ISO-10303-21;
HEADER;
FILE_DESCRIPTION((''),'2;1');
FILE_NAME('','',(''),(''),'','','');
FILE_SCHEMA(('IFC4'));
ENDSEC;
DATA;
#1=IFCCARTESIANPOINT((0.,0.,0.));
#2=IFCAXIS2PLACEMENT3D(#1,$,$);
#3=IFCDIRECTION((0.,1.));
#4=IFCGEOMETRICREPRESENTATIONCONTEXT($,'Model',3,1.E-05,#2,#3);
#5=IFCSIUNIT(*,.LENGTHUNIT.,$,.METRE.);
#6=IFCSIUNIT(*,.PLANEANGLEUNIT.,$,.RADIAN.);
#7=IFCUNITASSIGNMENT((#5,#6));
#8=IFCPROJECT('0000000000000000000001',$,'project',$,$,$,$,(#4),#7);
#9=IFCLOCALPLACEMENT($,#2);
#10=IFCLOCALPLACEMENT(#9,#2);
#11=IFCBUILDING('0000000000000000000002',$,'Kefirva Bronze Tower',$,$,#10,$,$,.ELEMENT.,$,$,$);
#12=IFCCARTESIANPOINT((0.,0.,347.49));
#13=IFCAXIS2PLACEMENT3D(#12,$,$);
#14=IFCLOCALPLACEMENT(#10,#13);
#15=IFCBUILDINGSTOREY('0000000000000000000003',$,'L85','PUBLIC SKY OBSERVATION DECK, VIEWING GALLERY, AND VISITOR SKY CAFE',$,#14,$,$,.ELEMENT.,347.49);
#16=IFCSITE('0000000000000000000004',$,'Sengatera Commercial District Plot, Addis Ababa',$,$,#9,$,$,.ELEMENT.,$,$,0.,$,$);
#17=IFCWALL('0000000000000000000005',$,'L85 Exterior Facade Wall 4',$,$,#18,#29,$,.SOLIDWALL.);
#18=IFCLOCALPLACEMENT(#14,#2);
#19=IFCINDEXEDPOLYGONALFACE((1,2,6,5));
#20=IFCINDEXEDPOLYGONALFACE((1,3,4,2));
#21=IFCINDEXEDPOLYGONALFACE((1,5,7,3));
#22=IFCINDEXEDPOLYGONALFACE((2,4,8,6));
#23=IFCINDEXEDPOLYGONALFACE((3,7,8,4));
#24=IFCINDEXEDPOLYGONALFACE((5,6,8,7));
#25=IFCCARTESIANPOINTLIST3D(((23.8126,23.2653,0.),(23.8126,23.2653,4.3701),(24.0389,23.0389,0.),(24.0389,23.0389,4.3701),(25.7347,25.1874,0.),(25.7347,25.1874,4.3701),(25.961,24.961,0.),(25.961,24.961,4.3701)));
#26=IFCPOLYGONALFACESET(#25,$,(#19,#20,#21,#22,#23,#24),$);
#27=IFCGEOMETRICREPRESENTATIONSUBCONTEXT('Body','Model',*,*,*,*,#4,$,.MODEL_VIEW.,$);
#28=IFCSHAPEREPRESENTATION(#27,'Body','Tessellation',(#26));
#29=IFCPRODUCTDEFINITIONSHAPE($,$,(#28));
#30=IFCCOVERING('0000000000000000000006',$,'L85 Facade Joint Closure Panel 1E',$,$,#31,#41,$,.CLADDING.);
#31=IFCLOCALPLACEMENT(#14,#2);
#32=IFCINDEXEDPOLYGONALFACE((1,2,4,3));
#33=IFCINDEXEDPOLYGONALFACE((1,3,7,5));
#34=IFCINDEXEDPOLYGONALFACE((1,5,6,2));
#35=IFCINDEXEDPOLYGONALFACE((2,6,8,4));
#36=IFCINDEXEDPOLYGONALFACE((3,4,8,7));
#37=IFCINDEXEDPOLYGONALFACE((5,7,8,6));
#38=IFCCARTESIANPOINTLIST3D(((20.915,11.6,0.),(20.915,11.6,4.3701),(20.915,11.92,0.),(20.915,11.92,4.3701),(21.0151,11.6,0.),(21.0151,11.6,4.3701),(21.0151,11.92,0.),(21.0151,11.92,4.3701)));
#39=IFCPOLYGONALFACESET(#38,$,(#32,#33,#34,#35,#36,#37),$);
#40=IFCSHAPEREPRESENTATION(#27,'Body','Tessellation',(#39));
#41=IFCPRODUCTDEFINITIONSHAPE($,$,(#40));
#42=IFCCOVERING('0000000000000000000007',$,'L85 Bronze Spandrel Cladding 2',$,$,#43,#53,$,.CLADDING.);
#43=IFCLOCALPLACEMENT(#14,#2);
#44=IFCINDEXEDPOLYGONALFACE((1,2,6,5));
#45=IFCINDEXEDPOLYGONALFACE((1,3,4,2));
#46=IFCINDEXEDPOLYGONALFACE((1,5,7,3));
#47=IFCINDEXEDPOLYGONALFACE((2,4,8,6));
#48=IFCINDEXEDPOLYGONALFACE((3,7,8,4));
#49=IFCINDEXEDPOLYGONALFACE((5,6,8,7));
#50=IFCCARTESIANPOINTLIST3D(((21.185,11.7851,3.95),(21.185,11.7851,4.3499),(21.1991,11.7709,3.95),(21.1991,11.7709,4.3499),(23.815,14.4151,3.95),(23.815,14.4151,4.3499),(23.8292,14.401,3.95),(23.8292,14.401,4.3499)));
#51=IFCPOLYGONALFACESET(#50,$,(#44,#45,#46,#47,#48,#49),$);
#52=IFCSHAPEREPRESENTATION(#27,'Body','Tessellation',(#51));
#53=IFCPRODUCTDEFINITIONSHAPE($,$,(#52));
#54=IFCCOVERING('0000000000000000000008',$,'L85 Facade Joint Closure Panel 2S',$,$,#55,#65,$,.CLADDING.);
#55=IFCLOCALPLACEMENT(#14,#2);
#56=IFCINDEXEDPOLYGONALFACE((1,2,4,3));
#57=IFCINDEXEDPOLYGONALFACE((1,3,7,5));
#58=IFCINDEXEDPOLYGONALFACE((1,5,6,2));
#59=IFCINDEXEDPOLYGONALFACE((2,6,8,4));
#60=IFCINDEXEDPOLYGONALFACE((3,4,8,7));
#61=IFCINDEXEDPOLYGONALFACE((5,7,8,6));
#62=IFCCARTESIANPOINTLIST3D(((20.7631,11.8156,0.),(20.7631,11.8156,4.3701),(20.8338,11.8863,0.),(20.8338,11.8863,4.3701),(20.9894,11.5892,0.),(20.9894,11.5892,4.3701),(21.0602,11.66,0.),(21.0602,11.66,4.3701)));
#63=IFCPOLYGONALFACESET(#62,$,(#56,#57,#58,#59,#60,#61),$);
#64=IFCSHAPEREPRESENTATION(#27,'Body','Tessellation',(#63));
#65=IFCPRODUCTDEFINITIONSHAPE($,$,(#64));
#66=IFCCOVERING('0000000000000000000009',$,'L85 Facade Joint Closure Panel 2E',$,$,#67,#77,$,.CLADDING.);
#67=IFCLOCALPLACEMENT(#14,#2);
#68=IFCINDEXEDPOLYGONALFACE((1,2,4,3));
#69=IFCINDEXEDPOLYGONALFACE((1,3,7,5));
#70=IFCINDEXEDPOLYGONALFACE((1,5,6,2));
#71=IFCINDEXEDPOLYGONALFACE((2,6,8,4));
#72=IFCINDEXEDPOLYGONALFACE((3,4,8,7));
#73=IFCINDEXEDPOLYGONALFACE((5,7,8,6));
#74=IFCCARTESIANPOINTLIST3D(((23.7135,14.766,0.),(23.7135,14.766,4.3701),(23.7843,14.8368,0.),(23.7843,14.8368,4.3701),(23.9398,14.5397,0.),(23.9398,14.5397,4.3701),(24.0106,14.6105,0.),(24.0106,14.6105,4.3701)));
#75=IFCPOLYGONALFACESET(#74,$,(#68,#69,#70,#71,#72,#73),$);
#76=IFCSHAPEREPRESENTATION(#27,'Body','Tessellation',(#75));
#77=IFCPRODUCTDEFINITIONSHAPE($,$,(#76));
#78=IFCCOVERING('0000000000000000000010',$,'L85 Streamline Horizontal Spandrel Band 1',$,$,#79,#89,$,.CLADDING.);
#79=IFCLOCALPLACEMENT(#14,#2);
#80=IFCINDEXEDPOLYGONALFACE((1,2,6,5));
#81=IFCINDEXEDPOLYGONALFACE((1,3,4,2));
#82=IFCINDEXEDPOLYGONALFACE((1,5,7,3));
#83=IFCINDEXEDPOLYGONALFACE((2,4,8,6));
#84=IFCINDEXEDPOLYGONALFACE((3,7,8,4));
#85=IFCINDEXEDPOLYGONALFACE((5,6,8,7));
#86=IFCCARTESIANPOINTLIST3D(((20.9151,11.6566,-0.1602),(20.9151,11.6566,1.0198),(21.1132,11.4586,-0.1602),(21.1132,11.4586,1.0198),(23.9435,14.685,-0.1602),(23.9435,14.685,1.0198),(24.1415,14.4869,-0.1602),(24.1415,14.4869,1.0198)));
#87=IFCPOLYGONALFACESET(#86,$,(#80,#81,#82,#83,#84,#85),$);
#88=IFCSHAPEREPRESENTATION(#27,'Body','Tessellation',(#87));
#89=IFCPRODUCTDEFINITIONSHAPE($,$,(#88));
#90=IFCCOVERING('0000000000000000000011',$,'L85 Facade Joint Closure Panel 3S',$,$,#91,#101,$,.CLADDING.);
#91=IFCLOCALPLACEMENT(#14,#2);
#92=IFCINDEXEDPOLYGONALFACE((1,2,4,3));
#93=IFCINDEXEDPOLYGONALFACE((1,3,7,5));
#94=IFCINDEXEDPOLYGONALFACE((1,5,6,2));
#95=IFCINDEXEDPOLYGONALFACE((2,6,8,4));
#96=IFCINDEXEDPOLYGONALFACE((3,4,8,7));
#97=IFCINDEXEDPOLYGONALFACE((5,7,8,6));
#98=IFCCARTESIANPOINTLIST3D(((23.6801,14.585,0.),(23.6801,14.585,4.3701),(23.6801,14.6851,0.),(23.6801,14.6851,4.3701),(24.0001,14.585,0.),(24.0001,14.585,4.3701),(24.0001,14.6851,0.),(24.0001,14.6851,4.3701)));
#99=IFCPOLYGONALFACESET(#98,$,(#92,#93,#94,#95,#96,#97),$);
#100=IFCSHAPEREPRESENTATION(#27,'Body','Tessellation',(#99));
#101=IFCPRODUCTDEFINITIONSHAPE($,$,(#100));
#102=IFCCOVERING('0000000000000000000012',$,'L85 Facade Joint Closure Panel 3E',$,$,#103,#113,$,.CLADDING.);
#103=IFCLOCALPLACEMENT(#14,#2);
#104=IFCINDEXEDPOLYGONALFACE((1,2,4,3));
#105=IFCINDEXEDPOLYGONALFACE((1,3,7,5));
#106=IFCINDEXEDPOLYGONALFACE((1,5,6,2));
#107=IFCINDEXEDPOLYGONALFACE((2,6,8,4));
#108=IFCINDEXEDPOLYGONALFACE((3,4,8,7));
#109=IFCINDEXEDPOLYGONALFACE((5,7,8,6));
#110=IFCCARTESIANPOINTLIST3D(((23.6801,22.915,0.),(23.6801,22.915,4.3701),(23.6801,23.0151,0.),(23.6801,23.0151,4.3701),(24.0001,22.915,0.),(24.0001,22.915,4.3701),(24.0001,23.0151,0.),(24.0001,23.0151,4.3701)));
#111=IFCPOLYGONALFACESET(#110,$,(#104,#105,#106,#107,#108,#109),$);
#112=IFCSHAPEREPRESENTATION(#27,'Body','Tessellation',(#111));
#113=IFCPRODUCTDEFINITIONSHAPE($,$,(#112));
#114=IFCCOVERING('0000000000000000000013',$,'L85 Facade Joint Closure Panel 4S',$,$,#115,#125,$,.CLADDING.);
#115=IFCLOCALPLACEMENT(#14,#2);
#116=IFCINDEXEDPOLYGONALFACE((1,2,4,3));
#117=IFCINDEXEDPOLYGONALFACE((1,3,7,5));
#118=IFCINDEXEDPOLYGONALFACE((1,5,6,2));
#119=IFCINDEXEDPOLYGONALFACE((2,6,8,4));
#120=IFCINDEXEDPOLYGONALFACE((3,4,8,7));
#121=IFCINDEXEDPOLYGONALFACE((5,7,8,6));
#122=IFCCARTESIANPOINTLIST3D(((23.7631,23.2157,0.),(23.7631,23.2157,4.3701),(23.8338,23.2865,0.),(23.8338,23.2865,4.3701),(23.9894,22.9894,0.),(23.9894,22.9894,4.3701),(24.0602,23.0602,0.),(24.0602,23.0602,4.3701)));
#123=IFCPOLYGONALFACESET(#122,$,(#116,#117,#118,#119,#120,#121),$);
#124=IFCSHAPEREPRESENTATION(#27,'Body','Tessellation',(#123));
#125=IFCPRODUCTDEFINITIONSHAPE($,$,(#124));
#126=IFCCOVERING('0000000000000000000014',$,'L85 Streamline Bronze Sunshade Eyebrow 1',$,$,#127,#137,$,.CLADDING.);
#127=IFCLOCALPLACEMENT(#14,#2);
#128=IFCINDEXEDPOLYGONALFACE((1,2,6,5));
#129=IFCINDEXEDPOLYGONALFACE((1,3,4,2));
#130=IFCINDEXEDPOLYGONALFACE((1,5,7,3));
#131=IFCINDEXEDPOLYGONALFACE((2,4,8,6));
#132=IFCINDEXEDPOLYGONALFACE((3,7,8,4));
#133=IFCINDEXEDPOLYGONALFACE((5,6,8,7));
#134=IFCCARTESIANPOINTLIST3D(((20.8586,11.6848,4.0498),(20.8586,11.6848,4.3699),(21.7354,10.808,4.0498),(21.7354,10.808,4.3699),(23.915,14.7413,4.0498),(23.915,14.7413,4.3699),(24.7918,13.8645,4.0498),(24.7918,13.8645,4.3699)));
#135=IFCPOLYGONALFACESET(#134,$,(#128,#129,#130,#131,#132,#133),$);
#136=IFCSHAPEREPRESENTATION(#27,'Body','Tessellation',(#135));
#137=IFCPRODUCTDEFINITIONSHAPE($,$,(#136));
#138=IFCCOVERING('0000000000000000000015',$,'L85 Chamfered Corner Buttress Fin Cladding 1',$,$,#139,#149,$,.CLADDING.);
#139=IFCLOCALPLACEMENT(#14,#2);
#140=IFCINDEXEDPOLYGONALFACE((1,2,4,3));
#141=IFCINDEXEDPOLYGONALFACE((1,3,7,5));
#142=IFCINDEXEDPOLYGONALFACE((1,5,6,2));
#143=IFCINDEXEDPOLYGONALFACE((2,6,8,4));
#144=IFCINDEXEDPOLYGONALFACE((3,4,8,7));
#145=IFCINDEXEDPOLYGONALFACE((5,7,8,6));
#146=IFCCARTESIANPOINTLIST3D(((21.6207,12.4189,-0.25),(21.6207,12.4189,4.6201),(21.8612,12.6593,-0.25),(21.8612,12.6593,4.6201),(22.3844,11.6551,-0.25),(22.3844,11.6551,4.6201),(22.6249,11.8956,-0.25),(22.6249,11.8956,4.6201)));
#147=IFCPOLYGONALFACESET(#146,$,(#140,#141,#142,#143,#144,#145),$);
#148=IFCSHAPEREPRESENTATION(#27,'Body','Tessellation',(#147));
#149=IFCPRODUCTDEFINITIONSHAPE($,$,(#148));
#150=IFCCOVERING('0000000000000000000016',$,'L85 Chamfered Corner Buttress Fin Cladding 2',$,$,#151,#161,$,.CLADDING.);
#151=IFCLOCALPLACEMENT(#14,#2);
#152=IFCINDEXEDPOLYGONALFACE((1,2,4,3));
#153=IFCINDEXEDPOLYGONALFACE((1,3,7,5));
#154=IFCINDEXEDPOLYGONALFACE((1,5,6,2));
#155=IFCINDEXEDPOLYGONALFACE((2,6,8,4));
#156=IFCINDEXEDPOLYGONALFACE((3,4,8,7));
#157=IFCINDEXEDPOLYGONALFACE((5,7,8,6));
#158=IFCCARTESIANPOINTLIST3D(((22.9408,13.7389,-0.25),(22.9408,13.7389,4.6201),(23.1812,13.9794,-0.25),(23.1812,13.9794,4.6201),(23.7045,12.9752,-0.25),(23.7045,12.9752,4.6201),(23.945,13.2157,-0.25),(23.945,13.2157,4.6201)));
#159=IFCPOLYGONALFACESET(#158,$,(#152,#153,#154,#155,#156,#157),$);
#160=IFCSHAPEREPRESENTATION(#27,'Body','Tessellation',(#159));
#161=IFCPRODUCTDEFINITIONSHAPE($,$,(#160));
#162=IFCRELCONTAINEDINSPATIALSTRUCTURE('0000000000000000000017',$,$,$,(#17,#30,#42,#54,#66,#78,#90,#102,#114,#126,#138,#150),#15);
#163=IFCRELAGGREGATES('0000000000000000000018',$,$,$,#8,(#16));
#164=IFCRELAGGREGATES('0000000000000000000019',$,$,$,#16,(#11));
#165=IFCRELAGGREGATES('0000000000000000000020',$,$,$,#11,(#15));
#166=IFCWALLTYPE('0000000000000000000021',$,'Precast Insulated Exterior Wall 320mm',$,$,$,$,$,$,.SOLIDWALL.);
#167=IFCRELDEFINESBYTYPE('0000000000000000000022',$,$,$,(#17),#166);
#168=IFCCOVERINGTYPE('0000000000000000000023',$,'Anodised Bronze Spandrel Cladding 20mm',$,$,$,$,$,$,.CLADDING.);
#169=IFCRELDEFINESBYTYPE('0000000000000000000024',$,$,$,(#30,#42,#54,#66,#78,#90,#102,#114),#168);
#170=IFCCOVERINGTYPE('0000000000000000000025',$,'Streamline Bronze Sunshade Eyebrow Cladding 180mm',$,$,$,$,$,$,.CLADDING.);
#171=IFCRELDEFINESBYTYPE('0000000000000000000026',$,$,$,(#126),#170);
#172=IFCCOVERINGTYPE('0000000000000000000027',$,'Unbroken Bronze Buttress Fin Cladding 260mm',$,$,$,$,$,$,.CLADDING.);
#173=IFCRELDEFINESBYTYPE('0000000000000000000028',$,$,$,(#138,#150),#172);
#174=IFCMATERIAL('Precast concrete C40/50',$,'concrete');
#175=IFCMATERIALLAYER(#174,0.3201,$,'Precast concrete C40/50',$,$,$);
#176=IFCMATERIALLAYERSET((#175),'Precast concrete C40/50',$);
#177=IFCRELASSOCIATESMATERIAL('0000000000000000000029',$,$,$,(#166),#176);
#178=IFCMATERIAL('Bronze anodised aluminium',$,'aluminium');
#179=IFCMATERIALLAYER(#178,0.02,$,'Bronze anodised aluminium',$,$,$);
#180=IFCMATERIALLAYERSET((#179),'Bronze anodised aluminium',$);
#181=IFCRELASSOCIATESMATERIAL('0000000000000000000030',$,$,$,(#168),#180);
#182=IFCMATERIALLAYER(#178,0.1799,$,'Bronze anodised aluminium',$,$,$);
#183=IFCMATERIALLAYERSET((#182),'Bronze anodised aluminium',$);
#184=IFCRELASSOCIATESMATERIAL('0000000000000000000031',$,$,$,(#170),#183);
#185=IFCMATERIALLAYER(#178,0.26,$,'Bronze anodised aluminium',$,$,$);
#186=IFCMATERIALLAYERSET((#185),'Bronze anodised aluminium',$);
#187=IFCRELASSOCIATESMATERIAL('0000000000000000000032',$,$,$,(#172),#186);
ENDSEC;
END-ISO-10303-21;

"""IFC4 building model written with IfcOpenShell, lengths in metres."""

from ifc_helpers import new_model, si_unit, direction, frame, frame_2d, origin, origin_2d, place, context, subcontext, project, spatial, rectangle, extrude, material, layer, layer_set, type_object, element, save


model = new_model("IFC4")

# Units and contexts
model_context = context("Model", 3, precision=1e-05, world=origin(), true_north=direction((0.0, 1.0)))
body_context = subcontext(model_context, "Body", "Model", "MODEL_VIEW")
ifc_project = project(units=[si_unit("LENGTHUNIT", "METRE"), si_unit("PLANEANGLEUNIT", "RADIAN")], contexts=[model_context])

# Site, building, storey
site_placement = place(None, origin())
site = spatial("IfcSite", under=ifc_project, at=site_placement, Name="Sengatera Commercial District Plot, Addis Ababa", CompositionType="ELEMENT", RefElevation=0.0)
building_placement = place(site_placement, origin())
building = spatial("IfcBuilding", under=site, at=building_placement, Name="Kefirva Bronze Tower", CompositionType="ELEMENT")
storey_placement = place(building_placement, frame((0.0, 0.0, 347.49)))
storey = spatial("IfcBuildingStorey", under=building, at=storey_placement, Name="L85", Description="PUBLIC SKY OBSERVATION DECK, VIEWING GALLERY, AND VISITOR SKY CAFE", CompositionType="ELEMENT", Elevation=347.49)

# Wall
ifc_material_1 = material(Name="Precast concrete C40/50", Category="concrete")
ifc_layer_1 = layer(ifc_material_1, 0.3201, Name="Precast concrete C40/50")
ifc_layer_set_1 = layer_set([ifc_layer_1], Name="Precast concrete C40/50")
wall_type_1 = type_object("IfcWallType", Name="Precast Insulated Exterior Wall 320mm", PredefinedType="SOLIDWALL", material=ifc_layer_set_1)
wall_1_placement = place(storey_placement, frame((23.9258, 23.1521, 0.0), z_axis=(0.0, 0.0, 1.0), x_axis=(0.707107, 0.707107, 0.0)))
element("IfcWall", 1, at=wall_1_placement, inside=storey, type_object=wall_type_1, Name="L85 Exterior Facade Wall 4", PredefinedType="SOLIDWALL", context=body_context, shape_type="SweptSolid", body=[
    extrude(rectangle(XDim=2.7183, YDim=0.3201, at=frame_2d((1.3591, 0.0))), origin(), (0.0, 0.0, 1.0), 4.3701),
])

# Coverings
ifc_material_2 = material(Name="Bronze anodised aluminium", Category="aluminium")
ifc_layer_2 = layer(ifc_material_2, 0.02, Name="Bronze anodised aluminium")
ifc_layer_set_2 = layer_set([ifc_layer_2], Name="Bronze anodised aluminium")
covering_type_1 = type_object("IfcCoveringType", Name="Anodised Bronze Spandrel Cladding 20mm", PredefinedType="CLADDING", material=ifc_layer_set_2)
covering_1_placement = place(storey_placement, frame((20.9651, 11.76, 0.0), z_axis=(0.0, 0.0, 1.0), x_axis=(1.0, 0.0, 0.0)))
element("IfcCovering", 2, at=covering_1_placement, inside=storey, type_object=covering_type_1, Name="L85 Facade Joint Closure Panel 1E", PredefinedType="CLADDING", context=body_context, shape_type="SweptSolid", body=[
    extrude(rectangle(XDim=0.1001, YDim=0.3201, at=origin_2d()), origin(), (0.0, 0.0, 1.0), 4.3701),
])
covering_2_placement = place(storey_placement, frame((22.5071, 13.093, 3.95), z_axis=(0.0, 0.0, 1.0), x_axis=(0.707107, 0.707107, 0.0)))
element("IfcCovering", 3, at=covering_2_placement, inside=storey, type_object=covering_type_1, Name="L85 Bronze Spandrel Cladding 2", PredefinedType="CLADDING", context=body_context, shape_type="SweptSolid", body=[
    extrude(rectangle(XDim=3.7195, YDim=0.02, at=origin_2d()), origin(), (0.0, 0.0, 1.0), 0.3999),
])
for number, where, z_axis, x_axis, name in (
    (4, (20.9116, 11.7378, 0.0), (0.0, 0.0, 1.0), (0.707107, 0.707107, 0.0), "L85 Facade Joint Closure Panel 2S"),
    (5, (23.8621, 14.6882, 0.0), (0.0, 0.0, 1.0), (0.707107, 0.707107, 0.0), "L85 Facade Joint Closure Panel 2E"),
):
    element("IfcCovering", number, at=place(storey_placement, frame(where, z_axis=z_axis, x_axis=x_axis)), inside=storey, type_object=covering_type_1, Name=name, PredefinedType="CLADDING", context=body_context, shape_type="SweptSolid", body=[
        extrude(rectangle(XDim=0.1001, YDim=0.3201, at=origin_2d()), origin(), (0.0, 0.0, 1.0), 4.3701),
    ])
covering_3_placement = place(storey_placement, frame((22.5283, 13.0718, -0.1602), z_axis=(0.0, 0.0, 1.0), x_axis=(0.707107, 0.707107, 0.0)))
element("IfcCovering", 6, at=covering_3_placement, inside=storey, type_object=covering_type_1, Name="L85 Streamline Horizontal Spandrel Band 1", PredefinedType="CLADDING", context=body_context, shape_type="SweptSolid", body=[
    extrude(rectangle(XDim=4.2827, YDim=0.28, at=origin_2d()), origin(), (0.0, 0.0, 1.0), 1.1799),
])
for number, where, z_axis, x_axis, name in (
    (7, (23.8401, 14.635, 0.0), (0.0, 0.0, 1.0), (0.0, 1.0, 0.0), "L85 Facade Joint Closure Panel 3S"),
    (8, (23.8401, 22.9651, 0.0), (0.0, 0.0, 1.0), (0.0, 1.0, 0.0), "L85 Facade Joint Closure Panel 3E"),
    (9, (23.9116, 23.1379, 0.0), (0.0, 0.0, 1.0), (0.707107, 0.707107, 0.0), "L85 Facade Joint Closure Panel 4S"),
):
    element("IfcCovering", number, at=place(storey_placement, frame(where, z_axis=z_axis, x_axis=x_axis)), inside=storey, type_object=covering_type_1, Name=name, PredefinedType="CLADDING", context=body_context, shape_type="SweptSolid", body=[
        extrude(rectangle(XDim=0.1001, YDim=0.3201, at=origin_2d()), origin(), (0.0, 0.0, 1.0), 4.3701),
    ])
ifc_layer_3 = layer(ifc_material_2, 0.1799, Name="Bronze anodised aluminium")
ifc_layer_set_3 = layer_set([ifc_layer_3], Name="Bronze anodised aluminium")
covering_type_2 = type_object("IfcCoveringType", Name="Streamline Bronze Sunshade Eyebrow Cladding 180mm", PredefinedType="CLADDING", material=ifc_layer_set_3)
covering_4_placement = place(storey_placement, frame((22.8252, 12.7747, 4.0498), z_axis=(0.0, 0.0, 1.0), x_axis=(0.707107, 0.707107, 0.0)))
element("IfcCovering", 10, at=covering_4_placement, inside=storey, type_object=covering_type_2, Name="L85 Streamline Bronze Sunshade Eyebrow 1", PredefinedType="CLADDING", context=body_context, shape_type="SweptSolid", body=[
    extrude(rectangle(XDim=4.3225, YDim=1.24, at=origin_2d()), origin(), (0.0, 0.0, 1.0), 0.3201),
])
ifc_layer_4 = layer(ifc_material_2, 0.26, Name="Bronze anodised aluminium")
ifc_layer_set_4 = layer_set([ifc_layer_4], Name="Bronze anodised aluminium")
covering_type_3 = type_object("IfcCoveringType", Name="Unbroken Bronze Buttress Fin Cladding 260mm", PredefinedType="CLADDING", material=ifc_layer_set_4)
for number, where, z_axis, x_axis, name in (
    (11, (22.1228, 12.1572, -0.25), (0.0, 0.0, 1.0), (0.707107, 0.707107, 0.0), "L85 Chamfered Corner Buttress Fin Cladding 1"),
    (12, (23.4429, 13.4773, -0.25), (0.0, 0.0, 1.0), (0.707107, 0.707107, 0.0), "L85 Chamfered Corner Buttress Fin Cladding 2"),
):
    element("IfcCovering", number, at=place(storey_placement, frame(where, z_axis=z_axis, x_axis=x_axis)), inside=storey, type_object=covering_type_3, Name=name, PredefinedType="CLADDING", context=body_context, shape_type="SweptSolid", body=[
        extrude(rectangle(XDim=0.3401, YDim=1.0801, at=origin_2d()), origin(), (0.0, 0.0, 1.0), 4.8701),
    ])

save(model, "model.ifc")
